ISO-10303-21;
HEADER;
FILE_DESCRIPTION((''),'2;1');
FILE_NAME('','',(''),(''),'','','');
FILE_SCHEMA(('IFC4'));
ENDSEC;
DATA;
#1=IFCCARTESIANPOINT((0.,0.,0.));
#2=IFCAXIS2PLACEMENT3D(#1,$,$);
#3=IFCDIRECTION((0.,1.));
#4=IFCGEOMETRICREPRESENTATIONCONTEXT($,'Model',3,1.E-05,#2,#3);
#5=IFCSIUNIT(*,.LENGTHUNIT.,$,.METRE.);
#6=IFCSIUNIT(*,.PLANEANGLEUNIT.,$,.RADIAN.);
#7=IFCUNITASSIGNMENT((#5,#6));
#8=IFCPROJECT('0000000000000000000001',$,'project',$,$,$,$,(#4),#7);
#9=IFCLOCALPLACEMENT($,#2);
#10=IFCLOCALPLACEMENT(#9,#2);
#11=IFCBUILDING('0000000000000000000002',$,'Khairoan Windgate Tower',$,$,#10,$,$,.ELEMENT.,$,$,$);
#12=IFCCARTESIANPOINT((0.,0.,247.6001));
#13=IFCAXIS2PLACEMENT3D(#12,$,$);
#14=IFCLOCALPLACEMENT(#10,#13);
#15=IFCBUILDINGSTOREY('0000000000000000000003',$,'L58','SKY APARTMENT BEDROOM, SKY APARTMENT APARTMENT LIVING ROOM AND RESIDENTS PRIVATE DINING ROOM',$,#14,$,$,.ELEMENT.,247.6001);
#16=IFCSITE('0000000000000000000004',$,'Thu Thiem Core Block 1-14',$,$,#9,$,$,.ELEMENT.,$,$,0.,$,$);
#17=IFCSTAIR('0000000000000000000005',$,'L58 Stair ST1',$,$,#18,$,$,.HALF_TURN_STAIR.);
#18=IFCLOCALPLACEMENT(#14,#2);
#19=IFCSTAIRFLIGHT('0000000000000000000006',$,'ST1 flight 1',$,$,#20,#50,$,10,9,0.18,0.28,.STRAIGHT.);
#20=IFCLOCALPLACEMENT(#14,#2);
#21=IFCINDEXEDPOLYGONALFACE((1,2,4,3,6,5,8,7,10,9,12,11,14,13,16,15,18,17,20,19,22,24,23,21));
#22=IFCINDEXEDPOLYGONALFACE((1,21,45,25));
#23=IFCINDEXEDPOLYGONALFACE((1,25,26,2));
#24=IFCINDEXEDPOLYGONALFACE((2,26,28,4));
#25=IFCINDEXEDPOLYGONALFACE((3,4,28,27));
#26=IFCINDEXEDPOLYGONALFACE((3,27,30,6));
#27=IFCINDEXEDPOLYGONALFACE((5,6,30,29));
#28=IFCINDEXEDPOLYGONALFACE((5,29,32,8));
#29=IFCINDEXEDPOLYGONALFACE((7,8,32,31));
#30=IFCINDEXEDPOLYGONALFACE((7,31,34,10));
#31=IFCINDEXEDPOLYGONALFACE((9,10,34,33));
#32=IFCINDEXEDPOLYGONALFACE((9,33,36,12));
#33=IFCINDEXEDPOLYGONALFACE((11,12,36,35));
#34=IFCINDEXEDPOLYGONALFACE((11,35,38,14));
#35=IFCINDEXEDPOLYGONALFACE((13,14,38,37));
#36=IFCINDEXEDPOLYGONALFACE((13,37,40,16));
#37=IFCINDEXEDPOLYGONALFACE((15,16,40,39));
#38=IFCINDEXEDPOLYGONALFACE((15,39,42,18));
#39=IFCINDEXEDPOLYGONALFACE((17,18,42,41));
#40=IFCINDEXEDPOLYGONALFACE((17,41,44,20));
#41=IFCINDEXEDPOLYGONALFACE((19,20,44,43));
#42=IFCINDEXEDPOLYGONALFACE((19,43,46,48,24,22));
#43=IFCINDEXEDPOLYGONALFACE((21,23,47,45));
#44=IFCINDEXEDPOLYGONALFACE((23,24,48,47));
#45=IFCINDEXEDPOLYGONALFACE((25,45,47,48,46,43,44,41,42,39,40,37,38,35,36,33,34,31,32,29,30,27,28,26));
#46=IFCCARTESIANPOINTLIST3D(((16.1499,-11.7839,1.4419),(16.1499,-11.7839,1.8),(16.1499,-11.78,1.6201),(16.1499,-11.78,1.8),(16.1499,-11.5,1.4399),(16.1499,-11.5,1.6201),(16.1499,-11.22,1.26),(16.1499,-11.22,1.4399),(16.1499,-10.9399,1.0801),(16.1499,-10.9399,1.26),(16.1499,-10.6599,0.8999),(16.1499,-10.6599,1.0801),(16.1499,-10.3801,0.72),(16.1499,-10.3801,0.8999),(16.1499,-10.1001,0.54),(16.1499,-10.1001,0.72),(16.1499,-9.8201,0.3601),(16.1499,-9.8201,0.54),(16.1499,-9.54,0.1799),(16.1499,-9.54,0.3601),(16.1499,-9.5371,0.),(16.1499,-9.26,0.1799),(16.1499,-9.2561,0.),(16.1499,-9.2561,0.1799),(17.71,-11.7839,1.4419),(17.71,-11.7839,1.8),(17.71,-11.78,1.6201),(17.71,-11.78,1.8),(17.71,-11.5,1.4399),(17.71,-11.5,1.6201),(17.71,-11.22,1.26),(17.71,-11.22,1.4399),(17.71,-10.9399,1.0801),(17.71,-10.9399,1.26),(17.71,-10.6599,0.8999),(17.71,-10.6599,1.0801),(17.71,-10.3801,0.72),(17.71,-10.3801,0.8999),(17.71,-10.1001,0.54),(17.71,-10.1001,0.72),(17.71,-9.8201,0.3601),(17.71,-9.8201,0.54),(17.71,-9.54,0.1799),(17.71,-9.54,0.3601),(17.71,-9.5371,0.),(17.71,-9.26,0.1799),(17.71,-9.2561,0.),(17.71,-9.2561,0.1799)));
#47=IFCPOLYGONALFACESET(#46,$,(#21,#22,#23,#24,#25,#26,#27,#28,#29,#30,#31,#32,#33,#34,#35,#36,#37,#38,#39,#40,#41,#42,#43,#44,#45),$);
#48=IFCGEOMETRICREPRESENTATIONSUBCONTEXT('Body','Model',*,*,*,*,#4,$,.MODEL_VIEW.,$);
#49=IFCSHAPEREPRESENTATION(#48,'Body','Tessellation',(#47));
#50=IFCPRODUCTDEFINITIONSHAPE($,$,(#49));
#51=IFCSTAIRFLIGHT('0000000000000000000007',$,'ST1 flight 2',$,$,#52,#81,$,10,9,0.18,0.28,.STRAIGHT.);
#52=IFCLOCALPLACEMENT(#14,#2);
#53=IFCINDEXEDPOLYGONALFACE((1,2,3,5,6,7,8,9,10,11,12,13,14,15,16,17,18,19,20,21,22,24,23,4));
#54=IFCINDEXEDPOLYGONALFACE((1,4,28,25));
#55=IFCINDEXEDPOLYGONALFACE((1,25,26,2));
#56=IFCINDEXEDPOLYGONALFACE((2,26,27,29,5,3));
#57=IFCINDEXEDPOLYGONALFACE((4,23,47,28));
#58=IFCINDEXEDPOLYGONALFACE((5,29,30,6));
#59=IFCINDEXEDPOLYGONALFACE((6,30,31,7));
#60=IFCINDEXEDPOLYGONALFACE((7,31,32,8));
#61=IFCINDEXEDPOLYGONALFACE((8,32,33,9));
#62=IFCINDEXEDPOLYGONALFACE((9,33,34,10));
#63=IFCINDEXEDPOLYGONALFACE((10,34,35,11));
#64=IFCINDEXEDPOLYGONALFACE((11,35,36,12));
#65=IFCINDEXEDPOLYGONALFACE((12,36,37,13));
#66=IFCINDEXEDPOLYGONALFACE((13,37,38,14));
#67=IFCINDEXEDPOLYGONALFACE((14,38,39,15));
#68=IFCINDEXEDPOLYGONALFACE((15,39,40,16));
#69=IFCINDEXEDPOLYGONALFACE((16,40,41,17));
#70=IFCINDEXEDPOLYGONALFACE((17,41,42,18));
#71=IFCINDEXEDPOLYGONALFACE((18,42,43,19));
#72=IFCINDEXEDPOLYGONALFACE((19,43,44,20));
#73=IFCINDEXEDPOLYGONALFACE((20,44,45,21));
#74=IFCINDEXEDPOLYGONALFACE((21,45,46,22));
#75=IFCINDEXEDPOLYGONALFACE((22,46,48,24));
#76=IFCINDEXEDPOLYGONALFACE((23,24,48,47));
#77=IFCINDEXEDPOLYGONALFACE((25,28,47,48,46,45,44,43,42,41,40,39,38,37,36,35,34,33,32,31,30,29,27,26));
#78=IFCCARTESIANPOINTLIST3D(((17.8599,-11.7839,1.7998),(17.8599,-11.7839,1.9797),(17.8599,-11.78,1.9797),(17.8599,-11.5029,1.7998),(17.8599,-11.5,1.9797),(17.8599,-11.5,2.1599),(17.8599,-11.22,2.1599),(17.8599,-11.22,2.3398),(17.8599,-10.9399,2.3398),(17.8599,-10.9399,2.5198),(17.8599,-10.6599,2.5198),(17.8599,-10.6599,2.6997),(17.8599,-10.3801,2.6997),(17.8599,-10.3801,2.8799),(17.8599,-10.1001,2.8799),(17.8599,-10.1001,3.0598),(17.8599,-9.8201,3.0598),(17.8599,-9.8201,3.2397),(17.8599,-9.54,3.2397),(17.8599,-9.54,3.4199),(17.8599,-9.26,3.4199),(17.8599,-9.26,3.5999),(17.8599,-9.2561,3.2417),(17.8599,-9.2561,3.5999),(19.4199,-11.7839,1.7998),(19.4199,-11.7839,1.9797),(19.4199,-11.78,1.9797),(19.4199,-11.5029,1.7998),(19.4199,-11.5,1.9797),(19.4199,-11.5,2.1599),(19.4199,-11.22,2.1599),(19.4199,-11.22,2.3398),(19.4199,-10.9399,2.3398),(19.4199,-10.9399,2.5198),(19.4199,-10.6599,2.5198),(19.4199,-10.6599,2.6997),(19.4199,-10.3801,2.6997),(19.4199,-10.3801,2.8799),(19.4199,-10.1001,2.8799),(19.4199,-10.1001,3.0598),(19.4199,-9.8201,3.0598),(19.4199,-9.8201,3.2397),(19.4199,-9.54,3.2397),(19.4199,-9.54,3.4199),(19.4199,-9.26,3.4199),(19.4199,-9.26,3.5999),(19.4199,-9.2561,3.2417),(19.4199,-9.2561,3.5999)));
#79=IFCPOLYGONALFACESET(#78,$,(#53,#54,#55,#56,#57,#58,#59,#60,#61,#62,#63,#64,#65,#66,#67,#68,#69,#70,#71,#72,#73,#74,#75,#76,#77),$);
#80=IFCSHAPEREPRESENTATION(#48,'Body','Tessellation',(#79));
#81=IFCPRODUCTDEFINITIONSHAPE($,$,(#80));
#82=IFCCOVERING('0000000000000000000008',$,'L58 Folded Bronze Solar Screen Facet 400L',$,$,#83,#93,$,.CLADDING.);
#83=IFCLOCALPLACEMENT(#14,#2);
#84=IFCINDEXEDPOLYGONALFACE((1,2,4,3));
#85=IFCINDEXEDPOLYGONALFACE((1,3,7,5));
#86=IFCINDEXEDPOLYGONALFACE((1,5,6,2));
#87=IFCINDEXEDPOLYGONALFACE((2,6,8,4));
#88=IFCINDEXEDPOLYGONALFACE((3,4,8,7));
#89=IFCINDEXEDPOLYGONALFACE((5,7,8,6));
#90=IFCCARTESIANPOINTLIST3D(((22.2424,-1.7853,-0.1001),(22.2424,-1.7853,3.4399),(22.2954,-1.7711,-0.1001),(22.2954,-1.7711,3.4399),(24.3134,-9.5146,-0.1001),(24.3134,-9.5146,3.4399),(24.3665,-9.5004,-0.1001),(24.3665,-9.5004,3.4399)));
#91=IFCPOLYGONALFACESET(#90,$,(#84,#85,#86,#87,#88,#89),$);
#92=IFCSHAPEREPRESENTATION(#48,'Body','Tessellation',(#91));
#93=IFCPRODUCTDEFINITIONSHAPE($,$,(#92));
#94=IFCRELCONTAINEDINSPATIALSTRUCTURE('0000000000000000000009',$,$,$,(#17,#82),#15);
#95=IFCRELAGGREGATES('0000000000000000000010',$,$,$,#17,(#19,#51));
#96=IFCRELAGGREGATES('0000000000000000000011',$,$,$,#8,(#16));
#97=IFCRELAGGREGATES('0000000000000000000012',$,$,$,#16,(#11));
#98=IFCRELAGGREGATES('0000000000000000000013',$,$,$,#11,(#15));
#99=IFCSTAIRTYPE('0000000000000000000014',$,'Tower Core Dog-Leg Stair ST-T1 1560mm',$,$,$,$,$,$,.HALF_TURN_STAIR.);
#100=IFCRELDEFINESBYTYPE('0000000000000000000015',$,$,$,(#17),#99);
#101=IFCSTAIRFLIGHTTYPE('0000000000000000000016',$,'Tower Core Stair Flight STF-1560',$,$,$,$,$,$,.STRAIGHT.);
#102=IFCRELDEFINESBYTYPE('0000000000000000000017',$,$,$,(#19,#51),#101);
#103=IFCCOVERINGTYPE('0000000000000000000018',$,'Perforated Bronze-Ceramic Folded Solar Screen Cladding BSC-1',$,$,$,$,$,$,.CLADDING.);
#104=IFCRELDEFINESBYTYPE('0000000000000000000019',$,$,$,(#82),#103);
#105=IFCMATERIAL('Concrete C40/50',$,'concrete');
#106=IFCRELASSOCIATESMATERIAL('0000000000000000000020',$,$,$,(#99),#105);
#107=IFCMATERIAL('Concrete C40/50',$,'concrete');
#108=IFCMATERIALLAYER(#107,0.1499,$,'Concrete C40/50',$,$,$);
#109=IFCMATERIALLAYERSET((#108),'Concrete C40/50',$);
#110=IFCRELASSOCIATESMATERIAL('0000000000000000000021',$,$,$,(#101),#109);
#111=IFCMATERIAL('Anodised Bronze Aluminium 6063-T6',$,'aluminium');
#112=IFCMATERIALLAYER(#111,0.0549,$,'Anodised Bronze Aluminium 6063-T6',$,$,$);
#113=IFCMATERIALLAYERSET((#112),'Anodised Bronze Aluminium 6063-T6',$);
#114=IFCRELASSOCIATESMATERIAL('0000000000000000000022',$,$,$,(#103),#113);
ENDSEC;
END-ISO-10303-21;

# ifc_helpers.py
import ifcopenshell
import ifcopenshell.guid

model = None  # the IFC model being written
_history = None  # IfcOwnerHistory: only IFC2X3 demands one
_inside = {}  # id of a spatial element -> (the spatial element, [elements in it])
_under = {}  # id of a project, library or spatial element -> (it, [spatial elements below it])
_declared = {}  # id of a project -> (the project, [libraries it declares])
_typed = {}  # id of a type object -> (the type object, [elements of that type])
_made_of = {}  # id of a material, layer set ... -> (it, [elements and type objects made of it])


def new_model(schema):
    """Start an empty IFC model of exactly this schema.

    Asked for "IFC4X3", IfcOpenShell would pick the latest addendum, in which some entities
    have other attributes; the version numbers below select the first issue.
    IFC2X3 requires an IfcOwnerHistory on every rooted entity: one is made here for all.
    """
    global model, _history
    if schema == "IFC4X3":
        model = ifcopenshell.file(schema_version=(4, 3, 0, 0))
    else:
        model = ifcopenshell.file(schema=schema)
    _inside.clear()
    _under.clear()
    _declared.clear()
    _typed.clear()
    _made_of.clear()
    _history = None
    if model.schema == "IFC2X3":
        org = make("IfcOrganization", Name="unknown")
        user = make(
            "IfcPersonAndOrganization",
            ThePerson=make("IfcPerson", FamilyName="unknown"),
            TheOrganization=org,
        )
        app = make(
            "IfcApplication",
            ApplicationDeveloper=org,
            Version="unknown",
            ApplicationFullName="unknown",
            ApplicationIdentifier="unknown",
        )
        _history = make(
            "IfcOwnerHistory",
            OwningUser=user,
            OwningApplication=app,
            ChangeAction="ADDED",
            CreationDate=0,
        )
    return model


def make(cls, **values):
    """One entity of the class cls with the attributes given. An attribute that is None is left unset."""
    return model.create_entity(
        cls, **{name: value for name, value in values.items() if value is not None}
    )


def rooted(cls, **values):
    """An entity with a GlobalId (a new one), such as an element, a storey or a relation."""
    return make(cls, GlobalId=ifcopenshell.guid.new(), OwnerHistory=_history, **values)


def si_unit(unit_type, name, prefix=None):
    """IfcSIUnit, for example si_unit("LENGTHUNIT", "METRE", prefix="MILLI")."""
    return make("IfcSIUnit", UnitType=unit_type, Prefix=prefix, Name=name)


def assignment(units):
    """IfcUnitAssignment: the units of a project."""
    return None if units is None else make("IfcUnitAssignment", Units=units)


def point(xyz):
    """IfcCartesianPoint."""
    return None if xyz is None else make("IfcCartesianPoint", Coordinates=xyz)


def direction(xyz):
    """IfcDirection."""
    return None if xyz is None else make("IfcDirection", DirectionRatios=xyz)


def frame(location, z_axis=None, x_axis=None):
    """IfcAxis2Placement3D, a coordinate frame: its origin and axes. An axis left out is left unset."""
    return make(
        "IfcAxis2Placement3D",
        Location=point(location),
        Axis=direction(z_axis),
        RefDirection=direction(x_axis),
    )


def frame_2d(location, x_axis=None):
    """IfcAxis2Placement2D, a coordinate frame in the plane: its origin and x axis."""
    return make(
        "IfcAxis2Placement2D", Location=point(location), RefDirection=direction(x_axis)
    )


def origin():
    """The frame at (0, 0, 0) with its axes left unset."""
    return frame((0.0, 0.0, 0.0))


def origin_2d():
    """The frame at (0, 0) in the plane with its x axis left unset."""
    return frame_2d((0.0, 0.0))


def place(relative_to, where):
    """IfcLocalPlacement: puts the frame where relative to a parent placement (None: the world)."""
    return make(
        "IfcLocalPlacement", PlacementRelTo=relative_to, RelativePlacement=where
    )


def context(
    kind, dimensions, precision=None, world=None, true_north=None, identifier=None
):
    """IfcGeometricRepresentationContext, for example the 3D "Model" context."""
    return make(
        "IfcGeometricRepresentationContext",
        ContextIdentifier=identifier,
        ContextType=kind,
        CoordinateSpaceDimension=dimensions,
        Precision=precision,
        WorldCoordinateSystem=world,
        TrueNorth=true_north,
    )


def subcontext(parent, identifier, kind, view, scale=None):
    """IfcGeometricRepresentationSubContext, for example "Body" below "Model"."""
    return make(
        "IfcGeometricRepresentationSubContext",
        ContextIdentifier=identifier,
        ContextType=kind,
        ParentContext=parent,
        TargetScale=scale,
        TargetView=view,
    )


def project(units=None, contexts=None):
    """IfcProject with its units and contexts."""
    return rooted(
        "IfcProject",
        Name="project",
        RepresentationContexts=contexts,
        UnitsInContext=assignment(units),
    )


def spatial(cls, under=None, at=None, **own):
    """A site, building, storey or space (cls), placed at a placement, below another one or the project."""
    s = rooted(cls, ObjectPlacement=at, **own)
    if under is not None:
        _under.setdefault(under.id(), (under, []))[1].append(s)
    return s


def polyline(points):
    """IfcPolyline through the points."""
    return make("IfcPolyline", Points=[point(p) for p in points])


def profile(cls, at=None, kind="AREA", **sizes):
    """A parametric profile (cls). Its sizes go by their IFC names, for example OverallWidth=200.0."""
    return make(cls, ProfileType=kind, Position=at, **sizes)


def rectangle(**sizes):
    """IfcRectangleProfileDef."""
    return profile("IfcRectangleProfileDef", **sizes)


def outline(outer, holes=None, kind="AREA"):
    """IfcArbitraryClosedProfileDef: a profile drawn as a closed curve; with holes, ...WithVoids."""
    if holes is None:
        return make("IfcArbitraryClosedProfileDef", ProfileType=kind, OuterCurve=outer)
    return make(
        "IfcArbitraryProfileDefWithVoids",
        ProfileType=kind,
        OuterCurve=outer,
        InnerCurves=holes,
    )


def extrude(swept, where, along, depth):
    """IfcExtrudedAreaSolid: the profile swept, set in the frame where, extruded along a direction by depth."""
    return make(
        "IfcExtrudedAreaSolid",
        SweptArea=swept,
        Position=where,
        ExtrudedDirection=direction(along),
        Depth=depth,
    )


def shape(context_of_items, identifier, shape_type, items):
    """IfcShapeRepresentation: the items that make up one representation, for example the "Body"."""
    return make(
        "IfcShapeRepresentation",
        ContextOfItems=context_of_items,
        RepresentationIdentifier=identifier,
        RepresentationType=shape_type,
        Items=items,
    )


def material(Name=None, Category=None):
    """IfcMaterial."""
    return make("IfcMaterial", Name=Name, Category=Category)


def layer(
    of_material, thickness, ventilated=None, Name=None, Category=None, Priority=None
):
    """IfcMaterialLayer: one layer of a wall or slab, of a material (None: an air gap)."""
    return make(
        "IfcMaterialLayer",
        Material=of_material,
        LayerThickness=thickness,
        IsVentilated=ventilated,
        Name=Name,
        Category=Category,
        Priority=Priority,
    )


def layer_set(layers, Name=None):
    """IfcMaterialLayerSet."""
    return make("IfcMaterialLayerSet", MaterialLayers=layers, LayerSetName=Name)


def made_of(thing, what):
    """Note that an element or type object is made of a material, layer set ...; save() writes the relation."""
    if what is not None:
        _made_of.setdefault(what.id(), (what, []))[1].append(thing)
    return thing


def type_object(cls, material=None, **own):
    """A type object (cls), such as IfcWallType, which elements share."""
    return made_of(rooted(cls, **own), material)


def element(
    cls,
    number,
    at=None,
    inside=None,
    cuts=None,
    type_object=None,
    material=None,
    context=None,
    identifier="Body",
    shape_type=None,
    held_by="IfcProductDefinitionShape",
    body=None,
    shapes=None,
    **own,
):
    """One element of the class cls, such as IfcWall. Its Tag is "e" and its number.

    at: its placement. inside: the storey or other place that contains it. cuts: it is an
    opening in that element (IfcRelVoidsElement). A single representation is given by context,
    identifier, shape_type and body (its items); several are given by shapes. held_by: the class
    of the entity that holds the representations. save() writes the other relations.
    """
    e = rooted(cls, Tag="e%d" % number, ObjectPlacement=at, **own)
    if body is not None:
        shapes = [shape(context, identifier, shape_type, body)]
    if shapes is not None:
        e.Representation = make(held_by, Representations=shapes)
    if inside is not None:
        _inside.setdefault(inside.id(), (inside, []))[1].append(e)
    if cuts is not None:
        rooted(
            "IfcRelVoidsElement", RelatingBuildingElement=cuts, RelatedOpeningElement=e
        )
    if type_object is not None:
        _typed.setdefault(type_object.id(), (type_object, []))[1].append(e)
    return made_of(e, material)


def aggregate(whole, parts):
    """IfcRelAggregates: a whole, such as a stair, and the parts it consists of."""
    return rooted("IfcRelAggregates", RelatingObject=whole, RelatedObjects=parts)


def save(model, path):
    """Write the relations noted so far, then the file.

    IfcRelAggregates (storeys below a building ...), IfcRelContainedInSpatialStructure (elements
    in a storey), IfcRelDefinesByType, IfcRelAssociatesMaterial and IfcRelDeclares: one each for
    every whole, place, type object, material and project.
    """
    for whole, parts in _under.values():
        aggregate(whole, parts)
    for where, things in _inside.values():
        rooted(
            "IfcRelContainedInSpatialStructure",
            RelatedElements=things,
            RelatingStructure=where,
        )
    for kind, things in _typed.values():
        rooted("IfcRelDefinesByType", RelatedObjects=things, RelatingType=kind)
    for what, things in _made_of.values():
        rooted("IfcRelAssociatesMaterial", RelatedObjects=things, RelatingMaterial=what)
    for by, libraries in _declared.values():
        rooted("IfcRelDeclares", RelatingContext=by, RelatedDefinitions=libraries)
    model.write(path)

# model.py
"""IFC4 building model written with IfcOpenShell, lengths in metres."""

from ifc_helpers import new_model, si_unit, direction, frame, origin, origin_2d, place, context, subcontext, project, spatial, polyline, rectangle, outline, extrude, material, layer, layer_set, type_object, element, aggregate, save


model = new_model("IFC4")

# Units and contexts
model_context = context("Model", 3, precision=1e-05, world=origin(), true_north=direction((0.0, 1.0)))
body_context = subcontext(model_context, "Body", "Model", "MODEL_VIEW")
ifc_project = project(units=[si_unit("LENGTHUNIT", "METRE"), si_unit("PLANEANGLEUNIT", "RADIAN")], contexts=[model_context])

# Site, building, storey
site_placement = place(None, origin())
site = spatial("IfcSite", under=ifc_project, at=site_placement, Name="Thu Thiem Core Block 1-14", CompositionType="ELEMENT", RefElevation=0.0)
building_placement = place(site_placement, origin())
building = spatial("IfcBuilding", under=site, at=building_placement, Name="Khairoan Windgate Tower", CompositionType="ELEMENT")
storey_placement = place(building_placement, frame((0.0, 0.0, 247.6001)))
storey = spatial("IfcBuildingStorey", under=building, at=storey_placement, Name="L58", Description="SKY APARTMENT BEDROOM, SKY APARTMENT APARTMENT LIVING ROOM AND RESIDENTS PRIVATE DINING ROOM", CompositionType="ELEMENT", Elevation=247.6001)

# Stair, stair flights
ifc_material_1 = material(Name="Concrete C40/50", Category="concrete")
stair_type = type_object("IfcStairType", Name="Tower Core Dog-Leg Stair ST-T1 1560mm", PredefinedType="HALF_TURN_STAIR", material=ifc_material_1)
stair_placement = place(storey_placement, origin())
stair = element("IfcStair", 1, at=stair_placement, inside=storey, type_object=stair_type, Name="L58 Stair ST1", PredefinedType="HALF_TURN_STAIR")
ifc_material_2 = material(Name="Concrete C40/50", Category="concrete")
ifc_layer_1 = layer(ifc_material_2, 0.1499, Name="Concrete C40/50")
ifc_layer_set_1 = layer_set([ifc_layer_1], Name="Concrete C40/50")
stair_flight_type = type_object("IfcStairFlightType", Name="Tower Core Stair Flight STF-1560", PredefinedType="STRAIGHT", material=ifc_layer_set_1)
stair_flight_1_placement = place(storey_placement, frame((16.9299, -9.26, 0.0), z_axis=(0.0, 0.0, 1.0), x_axis=(0.0, -1.0, 0.0)))
stair_flight_1 = element("IfcStairFlight", 2, at=stair_flight_1_placement, type_object=stair_flight_type, Name="ST1 flight 1", NumberOfRisers=10, NumberOfTreads=9, PredefinedType="STRAIGHT", RiserHeight=0.18, TreadLength=0.28, context=body_context, shape_type="SweptSolid", body=[
    extrude(outline(polyline([(-0.0039, 0.0), (-0.0039, 0.1799), (0.0, 0.1799), (0.28, 0.1799), (0.28, 0.3601), (0.5601, 0.3601), (0.5601, 0.54), (0.8401, 0.54), (0.8401, 0.72), (1.1201, 0.72), (1.1201, 0.8999), (1.3999, 0.8999), (1.3999, 1.0801), (1.6799, 1.0801), (1.6799, 1.26), (1.96, 1.26), (1.96, 1.4399), (2.24, 1.4399), (2.24, 1.6201), (2.52, 1.6201), (2.52, 1.8), (2.5239, 1.8), (2.5239, 1.4419), (0.2771, 0.0), (-0.0039, 0.0)])), frame((0.0, 0.78, 0.0), z_axis=(0.0, -1.0, 0.0), x_axis=(1.0, 0.0, 0.0)), (0.0, 0.0, 1.0), 1.5601),
])
stair_flight_2_placement = place(storey_placement, frame((18.6399, -11.78, 1.7998), z_axis=(0.0, 0.0, 1.0), x_axis=(0.0, 1.0, 0.0)))
stair_flight_2 = element("IfcStairFlight", 3, at=stair_flight_2_placement, type_object=stair_flight_type, Name="ST1 flight 2", NumberOfRisers=10, NumberOfTreads=9, PredefinedType="STRAIGHT", RiserHeight=0.18, TreadLength=0.28, context=body_context, shape_type="SweptSolid", body=[
    extrude(outline(polyline([(-0.0039, 0.0), (-0.0039, 0.1799), (0.0, 0.1799), (0.28, 0.1799), (0.28, 0.3601), (0.5601, 0.3601), (0.5601, 0.54), (0.8401, 0.54), (0.8401, 0.72), (1.1201, 0.72), (1.1201, 0.8999), (1.3999, 0.8999), (1.3999, 1.0801), (1.6799, 1.0801), (1.6799, 1.26), (1.96, 1.26), (1.96, 1.4399), (2.24, 1.4399), (2.24, 1.6201), (2.52, 1.6201), (2.52, 1.8), (2.5239, 1.8), (2.5239, 1.4419), (0.2771, 0.0), (-0.0039, 0.0)])), frame((0.0, 0.78, 0.0), z_axis=(0.0, -1.0, 0.0), x_axis=(1.0, 0.0, 0.0)), (0.0, 0.0, 1.0), 1.5601),
])
aggregate(stair, [stair_flight_1, stair_flight_2])

# Covering
ifc_material_3 = material(Name="Anodised Bronze Aluminium 6063-T6", Category="aluminium")
ifc_layer_2 = layer(ifc_material_3, 0.0549, Name="Anodised Bronze Aluminium 6063-T6")
ifc_layer_set_2 = layer_set([ifc_layer_2], Name="Anodised Bronze Aluminium 6063-T6")
covering_type = type_object("IfcCoveringType", Name="Perforated Bronze-Ceramic Folded Solar Screen Cladding BSC-1", PredefinedType="CLADDING", material=ifc_layer_set_2)
covering_placement = place(storey_placement, frame((23.3044, -5.6428, -0.1001), z_axis=(0.0, 0.0, 1.0), x_axis=(0.258819, -0.965926, 0.0)))
element("IfcCovering", 4, at=covering_placement, inside=storey, type_object=covering_type, Name="L58 Folded Bronze Solar Screen Facet 400L", PredefinedType="CLADDING", context=body_context, shape_type="SweptSolid", body=[
    extrude(rectangle(XDim=8.002, YDim=0.0549, at=origin_2d()), origin(), (0.0, 0.0, 1.0), 3.54),
])

save(model, "model.ifc")
